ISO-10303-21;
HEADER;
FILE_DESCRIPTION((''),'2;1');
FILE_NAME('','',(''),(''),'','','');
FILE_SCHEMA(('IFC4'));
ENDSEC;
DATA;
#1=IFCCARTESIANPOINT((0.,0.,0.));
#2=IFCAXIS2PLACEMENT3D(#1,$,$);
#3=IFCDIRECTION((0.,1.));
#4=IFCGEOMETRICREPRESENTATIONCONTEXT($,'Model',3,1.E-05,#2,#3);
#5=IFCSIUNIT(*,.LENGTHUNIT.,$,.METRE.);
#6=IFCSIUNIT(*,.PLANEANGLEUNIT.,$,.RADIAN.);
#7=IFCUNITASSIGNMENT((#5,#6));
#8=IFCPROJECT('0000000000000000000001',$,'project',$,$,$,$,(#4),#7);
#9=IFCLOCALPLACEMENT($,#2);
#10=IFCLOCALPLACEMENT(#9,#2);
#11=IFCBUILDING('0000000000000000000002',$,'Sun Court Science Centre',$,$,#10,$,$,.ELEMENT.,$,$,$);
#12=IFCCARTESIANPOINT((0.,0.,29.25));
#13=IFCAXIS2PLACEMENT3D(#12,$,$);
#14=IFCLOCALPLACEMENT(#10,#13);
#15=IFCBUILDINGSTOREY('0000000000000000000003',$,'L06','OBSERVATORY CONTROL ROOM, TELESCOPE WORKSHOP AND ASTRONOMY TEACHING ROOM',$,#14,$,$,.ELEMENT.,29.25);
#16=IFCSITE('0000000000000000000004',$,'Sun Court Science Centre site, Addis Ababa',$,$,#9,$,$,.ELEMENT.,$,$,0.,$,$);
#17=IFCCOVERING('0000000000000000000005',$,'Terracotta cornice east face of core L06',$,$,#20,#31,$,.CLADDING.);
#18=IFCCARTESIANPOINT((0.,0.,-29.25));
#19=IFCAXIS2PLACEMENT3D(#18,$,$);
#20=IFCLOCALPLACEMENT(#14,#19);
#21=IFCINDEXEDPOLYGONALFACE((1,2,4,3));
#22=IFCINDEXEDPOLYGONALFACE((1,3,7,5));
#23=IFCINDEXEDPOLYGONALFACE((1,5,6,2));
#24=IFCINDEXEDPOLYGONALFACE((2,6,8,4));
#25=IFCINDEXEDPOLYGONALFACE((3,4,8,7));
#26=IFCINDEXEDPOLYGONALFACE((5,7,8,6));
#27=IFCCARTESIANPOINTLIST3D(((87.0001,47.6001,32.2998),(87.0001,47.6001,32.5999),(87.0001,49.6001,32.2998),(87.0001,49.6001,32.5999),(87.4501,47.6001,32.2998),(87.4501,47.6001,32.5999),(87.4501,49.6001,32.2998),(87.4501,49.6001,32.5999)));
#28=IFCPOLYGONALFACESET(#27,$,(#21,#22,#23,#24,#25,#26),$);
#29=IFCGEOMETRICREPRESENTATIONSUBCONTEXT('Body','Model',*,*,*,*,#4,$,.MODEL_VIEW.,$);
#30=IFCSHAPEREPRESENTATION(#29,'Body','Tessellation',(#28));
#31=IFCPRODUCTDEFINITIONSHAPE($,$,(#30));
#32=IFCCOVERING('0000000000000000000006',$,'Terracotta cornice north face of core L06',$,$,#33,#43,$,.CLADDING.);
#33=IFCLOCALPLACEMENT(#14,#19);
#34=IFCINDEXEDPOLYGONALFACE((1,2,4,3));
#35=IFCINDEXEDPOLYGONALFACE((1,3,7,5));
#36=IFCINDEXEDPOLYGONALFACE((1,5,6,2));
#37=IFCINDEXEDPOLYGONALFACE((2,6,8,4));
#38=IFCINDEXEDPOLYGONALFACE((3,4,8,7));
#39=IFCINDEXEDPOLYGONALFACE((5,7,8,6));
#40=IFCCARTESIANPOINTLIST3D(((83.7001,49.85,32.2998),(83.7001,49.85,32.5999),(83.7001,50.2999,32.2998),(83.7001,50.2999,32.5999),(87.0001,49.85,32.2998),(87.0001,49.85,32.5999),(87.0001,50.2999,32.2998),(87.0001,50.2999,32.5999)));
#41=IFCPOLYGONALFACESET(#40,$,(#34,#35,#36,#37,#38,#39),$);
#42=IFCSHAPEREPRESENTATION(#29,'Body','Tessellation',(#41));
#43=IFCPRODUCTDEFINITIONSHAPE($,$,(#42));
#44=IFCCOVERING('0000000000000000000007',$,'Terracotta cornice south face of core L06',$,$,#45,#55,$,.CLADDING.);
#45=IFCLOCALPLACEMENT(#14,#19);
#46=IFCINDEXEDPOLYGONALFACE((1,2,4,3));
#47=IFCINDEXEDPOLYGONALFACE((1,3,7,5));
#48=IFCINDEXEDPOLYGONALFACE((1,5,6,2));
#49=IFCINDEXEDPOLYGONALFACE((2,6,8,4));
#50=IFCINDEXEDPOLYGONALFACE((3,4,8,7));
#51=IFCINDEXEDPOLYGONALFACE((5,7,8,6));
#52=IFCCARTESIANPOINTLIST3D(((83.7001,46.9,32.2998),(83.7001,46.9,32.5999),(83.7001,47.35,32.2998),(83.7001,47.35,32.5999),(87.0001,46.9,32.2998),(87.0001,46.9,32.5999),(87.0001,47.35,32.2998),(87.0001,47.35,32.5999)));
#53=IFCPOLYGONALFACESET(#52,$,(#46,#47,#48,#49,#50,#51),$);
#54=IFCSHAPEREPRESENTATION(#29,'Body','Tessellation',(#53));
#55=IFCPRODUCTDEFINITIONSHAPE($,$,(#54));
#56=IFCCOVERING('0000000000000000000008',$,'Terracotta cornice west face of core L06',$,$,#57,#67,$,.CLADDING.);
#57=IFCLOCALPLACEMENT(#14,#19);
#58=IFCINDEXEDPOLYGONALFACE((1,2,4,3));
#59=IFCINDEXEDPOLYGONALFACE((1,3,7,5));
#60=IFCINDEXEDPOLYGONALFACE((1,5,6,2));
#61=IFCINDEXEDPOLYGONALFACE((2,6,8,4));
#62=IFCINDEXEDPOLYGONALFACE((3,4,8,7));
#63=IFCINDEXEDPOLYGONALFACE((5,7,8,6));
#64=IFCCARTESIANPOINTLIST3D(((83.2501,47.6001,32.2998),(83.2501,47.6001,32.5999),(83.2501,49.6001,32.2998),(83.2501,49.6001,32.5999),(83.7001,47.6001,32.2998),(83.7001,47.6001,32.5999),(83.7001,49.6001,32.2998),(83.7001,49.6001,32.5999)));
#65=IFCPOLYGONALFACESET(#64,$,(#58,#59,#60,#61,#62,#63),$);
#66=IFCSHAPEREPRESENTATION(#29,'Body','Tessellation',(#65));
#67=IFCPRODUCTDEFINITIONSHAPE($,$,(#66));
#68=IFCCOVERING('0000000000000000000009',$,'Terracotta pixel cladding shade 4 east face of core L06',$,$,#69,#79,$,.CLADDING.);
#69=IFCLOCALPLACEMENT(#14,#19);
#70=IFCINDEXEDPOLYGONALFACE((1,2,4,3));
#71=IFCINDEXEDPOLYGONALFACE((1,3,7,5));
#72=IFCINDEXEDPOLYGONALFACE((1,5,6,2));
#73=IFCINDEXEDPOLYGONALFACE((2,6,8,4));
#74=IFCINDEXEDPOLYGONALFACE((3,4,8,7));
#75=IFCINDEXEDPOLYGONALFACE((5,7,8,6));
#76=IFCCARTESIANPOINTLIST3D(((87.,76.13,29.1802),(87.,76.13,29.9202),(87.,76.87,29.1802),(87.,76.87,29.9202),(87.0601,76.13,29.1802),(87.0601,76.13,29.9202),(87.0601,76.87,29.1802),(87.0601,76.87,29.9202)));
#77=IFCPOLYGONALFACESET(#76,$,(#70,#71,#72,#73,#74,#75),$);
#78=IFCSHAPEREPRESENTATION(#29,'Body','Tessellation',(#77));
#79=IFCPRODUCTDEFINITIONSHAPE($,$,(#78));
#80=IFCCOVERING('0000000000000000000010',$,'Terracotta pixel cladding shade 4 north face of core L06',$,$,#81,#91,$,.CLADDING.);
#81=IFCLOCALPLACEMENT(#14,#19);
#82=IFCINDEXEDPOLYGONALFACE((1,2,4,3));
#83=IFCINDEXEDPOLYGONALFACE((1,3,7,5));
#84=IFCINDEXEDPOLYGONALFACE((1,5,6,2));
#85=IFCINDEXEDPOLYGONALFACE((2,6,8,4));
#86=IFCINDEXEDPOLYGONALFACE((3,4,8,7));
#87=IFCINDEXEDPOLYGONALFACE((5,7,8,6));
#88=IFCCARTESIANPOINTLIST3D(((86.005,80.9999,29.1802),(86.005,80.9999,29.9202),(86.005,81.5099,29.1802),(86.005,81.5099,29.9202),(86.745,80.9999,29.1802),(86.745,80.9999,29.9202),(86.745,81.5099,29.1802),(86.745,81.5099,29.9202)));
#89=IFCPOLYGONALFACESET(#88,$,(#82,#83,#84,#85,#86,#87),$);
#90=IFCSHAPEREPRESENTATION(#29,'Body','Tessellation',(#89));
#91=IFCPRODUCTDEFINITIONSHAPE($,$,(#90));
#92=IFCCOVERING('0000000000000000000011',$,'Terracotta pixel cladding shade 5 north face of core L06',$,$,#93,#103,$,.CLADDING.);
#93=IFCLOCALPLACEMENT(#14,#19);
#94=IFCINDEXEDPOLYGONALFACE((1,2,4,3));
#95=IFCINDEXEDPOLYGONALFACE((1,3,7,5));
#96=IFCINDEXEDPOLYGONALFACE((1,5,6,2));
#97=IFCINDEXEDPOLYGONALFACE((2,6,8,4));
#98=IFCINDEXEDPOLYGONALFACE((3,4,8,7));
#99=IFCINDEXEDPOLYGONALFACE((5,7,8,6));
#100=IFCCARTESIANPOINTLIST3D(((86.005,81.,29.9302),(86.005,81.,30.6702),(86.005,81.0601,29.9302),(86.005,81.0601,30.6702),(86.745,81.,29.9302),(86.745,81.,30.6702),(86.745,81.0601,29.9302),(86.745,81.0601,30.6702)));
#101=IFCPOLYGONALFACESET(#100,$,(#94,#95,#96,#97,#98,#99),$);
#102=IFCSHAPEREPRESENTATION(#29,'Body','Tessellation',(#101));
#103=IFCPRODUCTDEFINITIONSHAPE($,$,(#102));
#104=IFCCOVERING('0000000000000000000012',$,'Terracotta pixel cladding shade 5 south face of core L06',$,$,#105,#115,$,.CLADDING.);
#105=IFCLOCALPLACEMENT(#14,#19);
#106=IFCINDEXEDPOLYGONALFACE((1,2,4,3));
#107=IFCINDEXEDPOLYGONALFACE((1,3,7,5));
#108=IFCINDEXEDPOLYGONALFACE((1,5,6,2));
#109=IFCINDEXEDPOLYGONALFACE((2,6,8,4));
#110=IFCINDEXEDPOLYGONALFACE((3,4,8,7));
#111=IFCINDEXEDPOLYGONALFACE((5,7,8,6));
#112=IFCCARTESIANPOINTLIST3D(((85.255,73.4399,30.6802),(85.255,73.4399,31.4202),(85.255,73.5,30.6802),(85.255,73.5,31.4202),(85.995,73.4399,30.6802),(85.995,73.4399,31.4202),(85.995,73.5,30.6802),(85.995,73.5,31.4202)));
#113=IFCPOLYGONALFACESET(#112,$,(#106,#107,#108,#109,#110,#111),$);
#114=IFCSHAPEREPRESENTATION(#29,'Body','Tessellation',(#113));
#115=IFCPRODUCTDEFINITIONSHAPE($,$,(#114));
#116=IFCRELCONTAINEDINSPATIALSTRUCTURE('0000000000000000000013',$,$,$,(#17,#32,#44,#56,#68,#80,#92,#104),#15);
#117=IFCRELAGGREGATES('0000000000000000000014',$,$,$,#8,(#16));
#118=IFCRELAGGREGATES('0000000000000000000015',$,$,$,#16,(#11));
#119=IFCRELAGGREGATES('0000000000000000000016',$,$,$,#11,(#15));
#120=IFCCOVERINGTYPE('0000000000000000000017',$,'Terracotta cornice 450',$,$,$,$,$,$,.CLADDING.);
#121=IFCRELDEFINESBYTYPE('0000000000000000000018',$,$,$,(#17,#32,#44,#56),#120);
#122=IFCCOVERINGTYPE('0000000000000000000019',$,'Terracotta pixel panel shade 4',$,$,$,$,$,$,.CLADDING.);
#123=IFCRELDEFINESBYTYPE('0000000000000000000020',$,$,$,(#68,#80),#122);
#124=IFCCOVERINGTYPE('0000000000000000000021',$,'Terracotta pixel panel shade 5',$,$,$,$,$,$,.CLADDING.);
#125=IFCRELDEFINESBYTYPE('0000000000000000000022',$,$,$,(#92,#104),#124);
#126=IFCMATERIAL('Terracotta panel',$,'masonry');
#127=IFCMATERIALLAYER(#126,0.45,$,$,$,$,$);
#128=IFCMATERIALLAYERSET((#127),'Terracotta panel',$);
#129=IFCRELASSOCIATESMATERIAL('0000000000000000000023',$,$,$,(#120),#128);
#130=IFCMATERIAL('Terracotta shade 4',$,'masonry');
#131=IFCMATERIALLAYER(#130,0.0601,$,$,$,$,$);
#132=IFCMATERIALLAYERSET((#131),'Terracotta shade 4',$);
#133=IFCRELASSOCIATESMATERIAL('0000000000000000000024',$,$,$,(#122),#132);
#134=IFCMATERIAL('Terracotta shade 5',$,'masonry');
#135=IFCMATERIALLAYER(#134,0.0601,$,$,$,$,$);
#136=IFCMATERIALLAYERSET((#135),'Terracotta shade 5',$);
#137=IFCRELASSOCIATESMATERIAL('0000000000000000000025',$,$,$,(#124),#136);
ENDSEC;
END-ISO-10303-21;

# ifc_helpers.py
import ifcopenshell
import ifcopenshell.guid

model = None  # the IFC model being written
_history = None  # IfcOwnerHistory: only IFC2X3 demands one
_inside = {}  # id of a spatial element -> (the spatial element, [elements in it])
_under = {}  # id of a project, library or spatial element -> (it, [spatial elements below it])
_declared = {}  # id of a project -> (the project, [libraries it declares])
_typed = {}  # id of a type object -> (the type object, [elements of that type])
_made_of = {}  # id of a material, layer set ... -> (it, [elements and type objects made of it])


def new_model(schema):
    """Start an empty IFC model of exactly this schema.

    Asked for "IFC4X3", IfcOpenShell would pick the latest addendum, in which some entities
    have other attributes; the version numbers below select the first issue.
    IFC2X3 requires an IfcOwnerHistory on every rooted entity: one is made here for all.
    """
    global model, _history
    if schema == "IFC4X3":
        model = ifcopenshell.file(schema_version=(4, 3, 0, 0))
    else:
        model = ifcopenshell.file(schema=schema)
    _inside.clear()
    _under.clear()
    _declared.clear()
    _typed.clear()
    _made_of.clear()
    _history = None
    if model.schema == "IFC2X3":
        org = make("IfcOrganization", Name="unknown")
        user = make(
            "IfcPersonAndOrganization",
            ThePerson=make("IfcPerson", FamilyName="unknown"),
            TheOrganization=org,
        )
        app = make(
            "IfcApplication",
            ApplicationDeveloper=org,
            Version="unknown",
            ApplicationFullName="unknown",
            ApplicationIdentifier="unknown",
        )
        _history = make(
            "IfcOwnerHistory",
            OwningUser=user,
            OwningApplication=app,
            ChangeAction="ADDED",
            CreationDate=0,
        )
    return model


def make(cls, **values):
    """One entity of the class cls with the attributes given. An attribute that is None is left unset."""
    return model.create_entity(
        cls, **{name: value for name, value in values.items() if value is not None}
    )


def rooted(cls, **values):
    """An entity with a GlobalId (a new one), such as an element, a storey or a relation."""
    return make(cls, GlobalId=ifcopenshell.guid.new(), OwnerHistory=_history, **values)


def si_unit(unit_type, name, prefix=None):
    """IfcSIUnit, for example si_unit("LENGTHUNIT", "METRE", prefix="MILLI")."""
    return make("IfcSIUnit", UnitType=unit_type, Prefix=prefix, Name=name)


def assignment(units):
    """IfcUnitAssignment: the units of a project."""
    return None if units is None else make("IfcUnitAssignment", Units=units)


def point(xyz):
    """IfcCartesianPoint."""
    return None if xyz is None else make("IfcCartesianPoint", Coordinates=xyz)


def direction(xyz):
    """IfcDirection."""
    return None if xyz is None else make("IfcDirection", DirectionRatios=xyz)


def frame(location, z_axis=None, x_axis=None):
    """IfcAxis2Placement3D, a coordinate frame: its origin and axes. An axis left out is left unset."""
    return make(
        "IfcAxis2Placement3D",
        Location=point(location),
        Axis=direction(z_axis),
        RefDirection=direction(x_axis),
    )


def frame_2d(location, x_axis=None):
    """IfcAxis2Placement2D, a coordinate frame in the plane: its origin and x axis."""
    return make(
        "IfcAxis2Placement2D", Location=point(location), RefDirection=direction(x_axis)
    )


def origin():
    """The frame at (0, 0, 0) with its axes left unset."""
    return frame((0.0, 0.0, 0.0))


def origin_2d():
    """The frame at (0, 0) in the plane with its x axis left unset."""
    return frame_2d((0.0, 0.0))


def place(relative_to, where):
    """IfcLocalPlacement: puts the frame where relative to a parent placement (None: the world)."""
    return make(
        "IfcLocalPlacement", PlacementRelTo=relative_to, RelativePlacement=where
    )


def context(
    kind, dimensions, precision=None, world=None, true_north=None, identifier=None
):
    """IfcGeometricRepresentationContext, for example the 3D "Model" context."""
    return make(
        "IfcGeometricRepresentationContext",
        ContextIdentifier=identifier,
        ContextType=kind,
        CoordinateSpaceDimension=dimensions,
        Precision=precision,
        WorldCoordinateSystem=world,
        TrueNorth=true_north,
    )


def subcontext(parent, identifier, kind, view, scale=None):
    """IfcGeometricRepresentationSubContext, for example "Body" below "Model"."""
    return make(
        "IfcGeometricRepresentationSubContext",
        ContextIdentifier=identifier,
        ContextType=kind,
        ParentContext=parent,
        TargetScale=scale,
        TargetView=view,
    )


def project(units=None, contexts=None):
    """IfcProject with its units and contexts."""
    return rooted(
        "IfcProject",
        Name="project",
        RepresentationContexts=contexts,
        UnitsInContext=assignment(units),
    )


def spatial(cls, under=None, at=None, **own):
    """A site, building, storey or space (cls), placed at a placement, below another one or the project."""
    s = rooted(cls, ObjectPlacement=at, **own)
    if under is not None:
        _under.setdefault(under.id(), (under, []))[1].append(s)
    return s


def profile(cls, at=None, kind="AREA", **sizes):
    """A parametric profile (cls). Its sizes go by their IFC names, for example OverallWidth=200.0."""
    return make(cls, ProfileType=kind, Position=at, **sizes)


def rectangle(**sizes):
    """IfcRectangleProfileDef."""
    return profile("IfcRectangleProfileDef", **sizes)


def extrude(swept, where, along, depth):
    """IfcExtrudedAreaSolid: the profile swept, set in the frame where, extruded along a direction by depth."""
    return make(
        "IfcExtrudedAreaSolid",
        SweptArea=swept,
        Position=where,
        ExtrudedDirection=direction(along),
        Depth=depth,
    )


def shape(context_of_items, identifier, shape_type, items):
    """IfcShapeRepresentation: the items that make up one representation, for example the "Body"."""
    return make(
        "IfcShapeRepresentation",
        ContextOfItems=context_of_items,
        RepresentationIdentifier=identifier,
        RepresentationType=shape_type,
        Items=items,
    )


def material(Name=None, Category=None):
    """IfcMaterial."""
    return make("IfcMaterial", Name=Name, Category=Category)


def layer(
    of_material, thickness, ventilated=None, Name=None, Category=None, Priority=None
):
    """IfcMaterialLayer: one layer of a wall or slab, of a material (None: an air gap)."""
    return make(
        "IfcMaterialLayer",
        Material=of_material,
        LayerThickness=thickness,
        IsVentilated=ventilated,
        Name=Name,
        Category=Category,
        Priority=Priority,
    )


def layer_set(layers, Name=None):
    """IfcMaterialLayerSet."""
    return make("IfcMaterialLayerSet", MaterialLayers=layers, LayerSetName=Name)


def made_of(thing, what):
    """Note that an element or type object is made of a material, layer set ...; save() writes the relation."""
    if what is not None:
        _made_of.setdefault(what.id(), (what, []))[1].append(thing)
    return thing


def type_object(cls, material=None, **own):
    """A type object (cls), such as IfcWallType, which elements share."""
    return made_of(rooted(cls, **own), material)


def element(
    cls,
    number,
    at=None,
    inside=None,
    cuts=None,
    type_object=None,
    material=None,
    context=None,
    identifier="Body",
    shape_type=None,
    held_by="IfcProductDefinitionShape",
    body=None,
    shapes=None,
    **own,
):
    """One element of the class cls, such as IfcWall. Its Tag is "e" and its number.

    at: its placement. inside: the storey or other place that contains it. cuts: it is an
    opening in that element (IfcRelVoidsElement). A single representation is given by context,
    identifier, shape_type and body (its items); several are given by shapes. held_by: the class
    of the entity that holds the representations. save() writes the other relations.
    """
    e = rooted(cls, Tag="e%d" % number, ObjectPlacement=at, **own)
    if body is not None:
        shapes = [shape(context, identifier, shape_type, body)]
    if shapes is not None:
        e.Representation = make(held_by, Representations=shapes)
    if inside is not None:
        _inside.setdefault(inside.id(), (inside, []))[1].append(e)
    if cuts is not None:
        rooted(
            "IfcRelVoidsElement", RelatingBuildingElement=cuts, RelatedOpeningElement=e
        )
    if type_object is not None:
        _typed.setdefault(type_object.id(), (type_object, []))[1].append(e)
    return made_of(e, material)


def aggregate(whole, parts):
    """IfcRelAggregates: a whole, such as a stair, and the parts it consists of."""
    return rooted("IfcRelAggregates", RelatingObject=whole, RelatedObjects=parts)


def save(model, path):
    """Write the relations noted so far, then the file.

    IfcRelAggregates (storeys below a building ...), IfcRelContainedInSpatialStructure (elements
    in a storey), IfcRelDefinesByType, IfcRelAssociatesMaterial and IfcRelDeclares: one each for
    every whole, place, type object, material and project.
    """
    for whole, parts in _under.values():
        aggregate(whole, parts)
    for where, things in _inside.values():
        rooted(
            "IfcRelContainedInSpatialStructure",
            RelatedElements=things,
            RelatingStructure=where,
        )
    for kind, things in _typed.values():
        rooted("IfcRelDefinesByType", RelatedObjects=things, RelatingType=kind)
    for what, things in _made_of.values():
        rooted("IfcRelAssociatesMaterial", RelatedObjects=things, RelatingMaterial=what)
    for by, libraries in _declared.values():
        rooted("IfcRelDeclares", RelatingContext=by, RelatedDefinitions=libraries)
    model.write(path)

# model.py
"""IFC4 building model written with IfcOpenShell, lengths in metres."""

from ifc_helpers import new_model, si_unit, direction, frame, origin, origin_2d, place, context, subcontext, project, spatial, rectangle, extrude, material, layer, layer_set, type_object, element, save


model = new_model("IFC4")

# Units and contexts
model_context = context("Model", 3, precision=1e-05, world=origin(), true_north=direction((0.0, 1.0)))
body_context = subcontext(model_context, "Body", "Model", "MODEL_VIEW")
ifc_project = project(units=[si_unit("LENGTHUNIT", "METRE"), si_unit("PLANEANGLEUNIT", "RADIAN")], contexts=[model_context])

# Site, building, storey
site_placement = place(None, origin())
site = spatial("IfcSite", under=ifc_project, at=site_placement, Name="Sun Court Science Centre site, Addis Ababa", CompositionType="ELEMENT", RefElevation=0.0)
building_placement = place(site_placement, origin())
building = spatial("IfcBuilding", under=site, at=building_placement, Name="Sun Court Science Centre", CompositionType="ELEMENT")
storey_placement = place(building_placement, frame((0.0, 0.0, 29.25)))
storey = spatial("IfcBuildingStorey", under=building, at=storey_placement, Name="L06", Description="OBSERVATORY CONTROL ROOM, TELESCOPE WORKSHOP AND ASTRONOMY TEACHING ROOM", CompositionType="ELEMENT", Elevation=29.25)

# Coverings
ifc_material_1 = material(Name="Terracotta panel", Category="masonry")
ifc_layer_1 = layer(ifc_material_1, 0.45)
ifc_layer_set_1 = layer_set([ifc_layer_1], Name="Terracotta panel")
covering_type_1 = type_object("IfcCoveringType", Name="Terracotta cornice 450", PredefinedType="CLADDING", material=ifc_layer_set_1)
covering_1_placement = place(storey_placement, frame((0.0, 0.0, -29.25)))
element("IfcCovering", 1, at=covering_1_placement, inside=storey, type_object=covering_type_1, Name="Terracotta cornice east face of core L06", PredefinedType="CLADDING", context=body_context, shape_type="SweptSolid", body=[
    extrude(rectangle(XDim=2.0, YDim=0.45, at=origin_2d()), frame((87.2251, 48.6001, 32.2998), z_axis=(0.0, 0.0, 1.0), x_axis=(0.0, -1.0, 0.0)), (0.0, 0.0, 1.0), 0.3),
])
covering_2_placement = place(storey_placement, frame((0.0, 0.0, -29.25)))
element("IfcCovering", 2, at=covering_2_placement, inside=storey, type_object=covering_type_1, Name="Terracotta cornice north face of core L06", PredefinedType="CLADDING", context=body_context, shape_type="SweptSolid", body=[
    extrude(rectangle(XDim=3.3, YDim=0.45, at=origin_2d()), frame((85.3501, 50.075, 32.2998), z_axis=(0.0, 0.0, 1.0), x_axis=(1.0, 0.0, 0.0)), (0.0, 0.0, 1.0), 0.3),
])
covering_3_placement = place(storey_placement, frame((0.0, 0.0, -29.25)))
element("IfcCovering", 3, at=covering_3_placement, inside=storey, type_object=covering_type_1, Name="Terracotta cornice south face of core L06", PredefinedType="CLADDING", context=body_context, shape_type="SweptSolid", body=[
    extrude(rectangle(XDim=3.3, YDim=0.45, at=origin_2d()), frame((85.3501, 47.125, 32.2998), z_axis=(0.0, 0.0, 1.0), x_axis=(-1.0, 0.0, 0.0)), (0.0, 0.0, 1.0), 0.3),
])
covering_4_placement = place(storey_placement, frame((0.0, 0.0, -29.25)))
element("IfcCovering", 4, at=covering_4_placement, inside=storey, type_object=covering_type_1, Name="Terracotta cornice west face of core L06", PredefinedType="CLADDING", context=body_context, shape_type="SweptSolid", body=[
    extrude(rectangle(XDim=2.0, YDim=0.45, at=origin_2d()), frame((83.4751, 48.6001, 32.2998), z_axis=(0.0, 0.0, 1.0), x_axis=(0.0, 1.0, 0.0)), (0.0, 0.0, 1.0), 0.3),
])
ifc_material_2 = material(Name="Terracotta shade 4", Category="masonry")
ifc_layer_2 = layer(ifc_material_2, 0.0601)
ifc_layer_set_2 = layer_set([ifc_layer_2], Name="Terracotta shade 4")
covering_type_2 = type_object("IfcCoveringType", Name="Terracotta pixel panel shade 4", PredefinedType="CLADDING", material=ifc_layer_set_2)
covering_5_placement = place(storey_placement, frame((0.0, 0.0, -29.25)))
element("IfcCovering", 5, at=covering_5_placement, inside=storey, type_object=covering_type_2, Name="Terracotta pixel cladding shade 4 east face of core L06", PredefinedType="CLADDING", context=body_context, shape_type="SweptSolid", body=[
    extrude(rectangle(XDim=0.74, YDim=0.0601, at=origin_2d()), frame((87.03, 76.5, 29.1802), z_axis=(0.0, 0.0, 1.0), x_axis=(0.0, -1.0, 0.0)), (0.0, 0.0, 1.0), 0.74),
])
covering_6_placement = place(storey_placement, frame((0.0, 0.0, -29.25)))
element("IfcCovering", 6, at=covering_6_placement, inside=storey, type_object=covering_type_2, Name="Terracotta pixel cladding shade 4 north face of core L06", PredefinedType="CLADDING", context=body_context, shape_type="SweptSolid", body=[
    extrude(rectangle(XDim=0.74, YDim=0.51, at=origin_2d()), frame((86.375, 81.2549, 29.1802), z_axis=(0.0, 0.0, 1.0), x_axis=(1.0, 0.0, 0.0)), (0.0, 0.0, 1.0), 0.74),
])
ifc_material_3 = material(Name="Terracotta shade 5", Category="masonry")
ifc_layer_3 = layer(ifc_material_3, 0.0601)
ifc_layer_set_3 = layer_set([ifc_layer_3], Name="Terracotta shade 5")
covering_type_3 = type_object("IfcCoveringType", Name="Terracotta pixel panel shade 5", PredefinedType="CLADDING", material=ifc_layer_set_3)
covering_7_placement = place(storey_placement, frame((0.0, 0.0, -29.25)))
element("IfcCovering", 7, at=covering_7_placement, inside=storey, type_object=covering_type_3, Name="Terracotta pixel cladding shade 5 north face of core L06", PredefinedType="CLADDING", context=body_context, shape_type="SweptSolid", body=[
    extrude(rectangle(XDim=0.74, YDim=0.0601, at=origin_2d()), frame((86.375, 81.03, 29.9302), z_axis=(0.0, 0.0, 1.0), x_axis=(1.0, 0.0, 0.0)), (0.0, 0.0, 1.0), 0.74),
])
covering_8_placement = place(storey_placement, frame((0.0, 0.0, -29.25)))
element("IfcCovering", 8, at=covering_8_placement, inside=storey, type_object=covering_type_3, Name="Terracotta pixel cladding shade 5 south face of core L06", PredefinedType="CLADDING", context=body_context, shape_type="SweptSolid", body=[
    extrude(rectangle(XDim=0.74, YDim=0.0601, at=origin_2d()), frame((85.625, 73.47, 30.6802), z_axis=(0.0, 0.0, 1.0), x_axis=(-1.0, 0.0, 0.0)), (0.0, 0.0, 1.0), 0.74),
])

save(model, "model.ifc")
